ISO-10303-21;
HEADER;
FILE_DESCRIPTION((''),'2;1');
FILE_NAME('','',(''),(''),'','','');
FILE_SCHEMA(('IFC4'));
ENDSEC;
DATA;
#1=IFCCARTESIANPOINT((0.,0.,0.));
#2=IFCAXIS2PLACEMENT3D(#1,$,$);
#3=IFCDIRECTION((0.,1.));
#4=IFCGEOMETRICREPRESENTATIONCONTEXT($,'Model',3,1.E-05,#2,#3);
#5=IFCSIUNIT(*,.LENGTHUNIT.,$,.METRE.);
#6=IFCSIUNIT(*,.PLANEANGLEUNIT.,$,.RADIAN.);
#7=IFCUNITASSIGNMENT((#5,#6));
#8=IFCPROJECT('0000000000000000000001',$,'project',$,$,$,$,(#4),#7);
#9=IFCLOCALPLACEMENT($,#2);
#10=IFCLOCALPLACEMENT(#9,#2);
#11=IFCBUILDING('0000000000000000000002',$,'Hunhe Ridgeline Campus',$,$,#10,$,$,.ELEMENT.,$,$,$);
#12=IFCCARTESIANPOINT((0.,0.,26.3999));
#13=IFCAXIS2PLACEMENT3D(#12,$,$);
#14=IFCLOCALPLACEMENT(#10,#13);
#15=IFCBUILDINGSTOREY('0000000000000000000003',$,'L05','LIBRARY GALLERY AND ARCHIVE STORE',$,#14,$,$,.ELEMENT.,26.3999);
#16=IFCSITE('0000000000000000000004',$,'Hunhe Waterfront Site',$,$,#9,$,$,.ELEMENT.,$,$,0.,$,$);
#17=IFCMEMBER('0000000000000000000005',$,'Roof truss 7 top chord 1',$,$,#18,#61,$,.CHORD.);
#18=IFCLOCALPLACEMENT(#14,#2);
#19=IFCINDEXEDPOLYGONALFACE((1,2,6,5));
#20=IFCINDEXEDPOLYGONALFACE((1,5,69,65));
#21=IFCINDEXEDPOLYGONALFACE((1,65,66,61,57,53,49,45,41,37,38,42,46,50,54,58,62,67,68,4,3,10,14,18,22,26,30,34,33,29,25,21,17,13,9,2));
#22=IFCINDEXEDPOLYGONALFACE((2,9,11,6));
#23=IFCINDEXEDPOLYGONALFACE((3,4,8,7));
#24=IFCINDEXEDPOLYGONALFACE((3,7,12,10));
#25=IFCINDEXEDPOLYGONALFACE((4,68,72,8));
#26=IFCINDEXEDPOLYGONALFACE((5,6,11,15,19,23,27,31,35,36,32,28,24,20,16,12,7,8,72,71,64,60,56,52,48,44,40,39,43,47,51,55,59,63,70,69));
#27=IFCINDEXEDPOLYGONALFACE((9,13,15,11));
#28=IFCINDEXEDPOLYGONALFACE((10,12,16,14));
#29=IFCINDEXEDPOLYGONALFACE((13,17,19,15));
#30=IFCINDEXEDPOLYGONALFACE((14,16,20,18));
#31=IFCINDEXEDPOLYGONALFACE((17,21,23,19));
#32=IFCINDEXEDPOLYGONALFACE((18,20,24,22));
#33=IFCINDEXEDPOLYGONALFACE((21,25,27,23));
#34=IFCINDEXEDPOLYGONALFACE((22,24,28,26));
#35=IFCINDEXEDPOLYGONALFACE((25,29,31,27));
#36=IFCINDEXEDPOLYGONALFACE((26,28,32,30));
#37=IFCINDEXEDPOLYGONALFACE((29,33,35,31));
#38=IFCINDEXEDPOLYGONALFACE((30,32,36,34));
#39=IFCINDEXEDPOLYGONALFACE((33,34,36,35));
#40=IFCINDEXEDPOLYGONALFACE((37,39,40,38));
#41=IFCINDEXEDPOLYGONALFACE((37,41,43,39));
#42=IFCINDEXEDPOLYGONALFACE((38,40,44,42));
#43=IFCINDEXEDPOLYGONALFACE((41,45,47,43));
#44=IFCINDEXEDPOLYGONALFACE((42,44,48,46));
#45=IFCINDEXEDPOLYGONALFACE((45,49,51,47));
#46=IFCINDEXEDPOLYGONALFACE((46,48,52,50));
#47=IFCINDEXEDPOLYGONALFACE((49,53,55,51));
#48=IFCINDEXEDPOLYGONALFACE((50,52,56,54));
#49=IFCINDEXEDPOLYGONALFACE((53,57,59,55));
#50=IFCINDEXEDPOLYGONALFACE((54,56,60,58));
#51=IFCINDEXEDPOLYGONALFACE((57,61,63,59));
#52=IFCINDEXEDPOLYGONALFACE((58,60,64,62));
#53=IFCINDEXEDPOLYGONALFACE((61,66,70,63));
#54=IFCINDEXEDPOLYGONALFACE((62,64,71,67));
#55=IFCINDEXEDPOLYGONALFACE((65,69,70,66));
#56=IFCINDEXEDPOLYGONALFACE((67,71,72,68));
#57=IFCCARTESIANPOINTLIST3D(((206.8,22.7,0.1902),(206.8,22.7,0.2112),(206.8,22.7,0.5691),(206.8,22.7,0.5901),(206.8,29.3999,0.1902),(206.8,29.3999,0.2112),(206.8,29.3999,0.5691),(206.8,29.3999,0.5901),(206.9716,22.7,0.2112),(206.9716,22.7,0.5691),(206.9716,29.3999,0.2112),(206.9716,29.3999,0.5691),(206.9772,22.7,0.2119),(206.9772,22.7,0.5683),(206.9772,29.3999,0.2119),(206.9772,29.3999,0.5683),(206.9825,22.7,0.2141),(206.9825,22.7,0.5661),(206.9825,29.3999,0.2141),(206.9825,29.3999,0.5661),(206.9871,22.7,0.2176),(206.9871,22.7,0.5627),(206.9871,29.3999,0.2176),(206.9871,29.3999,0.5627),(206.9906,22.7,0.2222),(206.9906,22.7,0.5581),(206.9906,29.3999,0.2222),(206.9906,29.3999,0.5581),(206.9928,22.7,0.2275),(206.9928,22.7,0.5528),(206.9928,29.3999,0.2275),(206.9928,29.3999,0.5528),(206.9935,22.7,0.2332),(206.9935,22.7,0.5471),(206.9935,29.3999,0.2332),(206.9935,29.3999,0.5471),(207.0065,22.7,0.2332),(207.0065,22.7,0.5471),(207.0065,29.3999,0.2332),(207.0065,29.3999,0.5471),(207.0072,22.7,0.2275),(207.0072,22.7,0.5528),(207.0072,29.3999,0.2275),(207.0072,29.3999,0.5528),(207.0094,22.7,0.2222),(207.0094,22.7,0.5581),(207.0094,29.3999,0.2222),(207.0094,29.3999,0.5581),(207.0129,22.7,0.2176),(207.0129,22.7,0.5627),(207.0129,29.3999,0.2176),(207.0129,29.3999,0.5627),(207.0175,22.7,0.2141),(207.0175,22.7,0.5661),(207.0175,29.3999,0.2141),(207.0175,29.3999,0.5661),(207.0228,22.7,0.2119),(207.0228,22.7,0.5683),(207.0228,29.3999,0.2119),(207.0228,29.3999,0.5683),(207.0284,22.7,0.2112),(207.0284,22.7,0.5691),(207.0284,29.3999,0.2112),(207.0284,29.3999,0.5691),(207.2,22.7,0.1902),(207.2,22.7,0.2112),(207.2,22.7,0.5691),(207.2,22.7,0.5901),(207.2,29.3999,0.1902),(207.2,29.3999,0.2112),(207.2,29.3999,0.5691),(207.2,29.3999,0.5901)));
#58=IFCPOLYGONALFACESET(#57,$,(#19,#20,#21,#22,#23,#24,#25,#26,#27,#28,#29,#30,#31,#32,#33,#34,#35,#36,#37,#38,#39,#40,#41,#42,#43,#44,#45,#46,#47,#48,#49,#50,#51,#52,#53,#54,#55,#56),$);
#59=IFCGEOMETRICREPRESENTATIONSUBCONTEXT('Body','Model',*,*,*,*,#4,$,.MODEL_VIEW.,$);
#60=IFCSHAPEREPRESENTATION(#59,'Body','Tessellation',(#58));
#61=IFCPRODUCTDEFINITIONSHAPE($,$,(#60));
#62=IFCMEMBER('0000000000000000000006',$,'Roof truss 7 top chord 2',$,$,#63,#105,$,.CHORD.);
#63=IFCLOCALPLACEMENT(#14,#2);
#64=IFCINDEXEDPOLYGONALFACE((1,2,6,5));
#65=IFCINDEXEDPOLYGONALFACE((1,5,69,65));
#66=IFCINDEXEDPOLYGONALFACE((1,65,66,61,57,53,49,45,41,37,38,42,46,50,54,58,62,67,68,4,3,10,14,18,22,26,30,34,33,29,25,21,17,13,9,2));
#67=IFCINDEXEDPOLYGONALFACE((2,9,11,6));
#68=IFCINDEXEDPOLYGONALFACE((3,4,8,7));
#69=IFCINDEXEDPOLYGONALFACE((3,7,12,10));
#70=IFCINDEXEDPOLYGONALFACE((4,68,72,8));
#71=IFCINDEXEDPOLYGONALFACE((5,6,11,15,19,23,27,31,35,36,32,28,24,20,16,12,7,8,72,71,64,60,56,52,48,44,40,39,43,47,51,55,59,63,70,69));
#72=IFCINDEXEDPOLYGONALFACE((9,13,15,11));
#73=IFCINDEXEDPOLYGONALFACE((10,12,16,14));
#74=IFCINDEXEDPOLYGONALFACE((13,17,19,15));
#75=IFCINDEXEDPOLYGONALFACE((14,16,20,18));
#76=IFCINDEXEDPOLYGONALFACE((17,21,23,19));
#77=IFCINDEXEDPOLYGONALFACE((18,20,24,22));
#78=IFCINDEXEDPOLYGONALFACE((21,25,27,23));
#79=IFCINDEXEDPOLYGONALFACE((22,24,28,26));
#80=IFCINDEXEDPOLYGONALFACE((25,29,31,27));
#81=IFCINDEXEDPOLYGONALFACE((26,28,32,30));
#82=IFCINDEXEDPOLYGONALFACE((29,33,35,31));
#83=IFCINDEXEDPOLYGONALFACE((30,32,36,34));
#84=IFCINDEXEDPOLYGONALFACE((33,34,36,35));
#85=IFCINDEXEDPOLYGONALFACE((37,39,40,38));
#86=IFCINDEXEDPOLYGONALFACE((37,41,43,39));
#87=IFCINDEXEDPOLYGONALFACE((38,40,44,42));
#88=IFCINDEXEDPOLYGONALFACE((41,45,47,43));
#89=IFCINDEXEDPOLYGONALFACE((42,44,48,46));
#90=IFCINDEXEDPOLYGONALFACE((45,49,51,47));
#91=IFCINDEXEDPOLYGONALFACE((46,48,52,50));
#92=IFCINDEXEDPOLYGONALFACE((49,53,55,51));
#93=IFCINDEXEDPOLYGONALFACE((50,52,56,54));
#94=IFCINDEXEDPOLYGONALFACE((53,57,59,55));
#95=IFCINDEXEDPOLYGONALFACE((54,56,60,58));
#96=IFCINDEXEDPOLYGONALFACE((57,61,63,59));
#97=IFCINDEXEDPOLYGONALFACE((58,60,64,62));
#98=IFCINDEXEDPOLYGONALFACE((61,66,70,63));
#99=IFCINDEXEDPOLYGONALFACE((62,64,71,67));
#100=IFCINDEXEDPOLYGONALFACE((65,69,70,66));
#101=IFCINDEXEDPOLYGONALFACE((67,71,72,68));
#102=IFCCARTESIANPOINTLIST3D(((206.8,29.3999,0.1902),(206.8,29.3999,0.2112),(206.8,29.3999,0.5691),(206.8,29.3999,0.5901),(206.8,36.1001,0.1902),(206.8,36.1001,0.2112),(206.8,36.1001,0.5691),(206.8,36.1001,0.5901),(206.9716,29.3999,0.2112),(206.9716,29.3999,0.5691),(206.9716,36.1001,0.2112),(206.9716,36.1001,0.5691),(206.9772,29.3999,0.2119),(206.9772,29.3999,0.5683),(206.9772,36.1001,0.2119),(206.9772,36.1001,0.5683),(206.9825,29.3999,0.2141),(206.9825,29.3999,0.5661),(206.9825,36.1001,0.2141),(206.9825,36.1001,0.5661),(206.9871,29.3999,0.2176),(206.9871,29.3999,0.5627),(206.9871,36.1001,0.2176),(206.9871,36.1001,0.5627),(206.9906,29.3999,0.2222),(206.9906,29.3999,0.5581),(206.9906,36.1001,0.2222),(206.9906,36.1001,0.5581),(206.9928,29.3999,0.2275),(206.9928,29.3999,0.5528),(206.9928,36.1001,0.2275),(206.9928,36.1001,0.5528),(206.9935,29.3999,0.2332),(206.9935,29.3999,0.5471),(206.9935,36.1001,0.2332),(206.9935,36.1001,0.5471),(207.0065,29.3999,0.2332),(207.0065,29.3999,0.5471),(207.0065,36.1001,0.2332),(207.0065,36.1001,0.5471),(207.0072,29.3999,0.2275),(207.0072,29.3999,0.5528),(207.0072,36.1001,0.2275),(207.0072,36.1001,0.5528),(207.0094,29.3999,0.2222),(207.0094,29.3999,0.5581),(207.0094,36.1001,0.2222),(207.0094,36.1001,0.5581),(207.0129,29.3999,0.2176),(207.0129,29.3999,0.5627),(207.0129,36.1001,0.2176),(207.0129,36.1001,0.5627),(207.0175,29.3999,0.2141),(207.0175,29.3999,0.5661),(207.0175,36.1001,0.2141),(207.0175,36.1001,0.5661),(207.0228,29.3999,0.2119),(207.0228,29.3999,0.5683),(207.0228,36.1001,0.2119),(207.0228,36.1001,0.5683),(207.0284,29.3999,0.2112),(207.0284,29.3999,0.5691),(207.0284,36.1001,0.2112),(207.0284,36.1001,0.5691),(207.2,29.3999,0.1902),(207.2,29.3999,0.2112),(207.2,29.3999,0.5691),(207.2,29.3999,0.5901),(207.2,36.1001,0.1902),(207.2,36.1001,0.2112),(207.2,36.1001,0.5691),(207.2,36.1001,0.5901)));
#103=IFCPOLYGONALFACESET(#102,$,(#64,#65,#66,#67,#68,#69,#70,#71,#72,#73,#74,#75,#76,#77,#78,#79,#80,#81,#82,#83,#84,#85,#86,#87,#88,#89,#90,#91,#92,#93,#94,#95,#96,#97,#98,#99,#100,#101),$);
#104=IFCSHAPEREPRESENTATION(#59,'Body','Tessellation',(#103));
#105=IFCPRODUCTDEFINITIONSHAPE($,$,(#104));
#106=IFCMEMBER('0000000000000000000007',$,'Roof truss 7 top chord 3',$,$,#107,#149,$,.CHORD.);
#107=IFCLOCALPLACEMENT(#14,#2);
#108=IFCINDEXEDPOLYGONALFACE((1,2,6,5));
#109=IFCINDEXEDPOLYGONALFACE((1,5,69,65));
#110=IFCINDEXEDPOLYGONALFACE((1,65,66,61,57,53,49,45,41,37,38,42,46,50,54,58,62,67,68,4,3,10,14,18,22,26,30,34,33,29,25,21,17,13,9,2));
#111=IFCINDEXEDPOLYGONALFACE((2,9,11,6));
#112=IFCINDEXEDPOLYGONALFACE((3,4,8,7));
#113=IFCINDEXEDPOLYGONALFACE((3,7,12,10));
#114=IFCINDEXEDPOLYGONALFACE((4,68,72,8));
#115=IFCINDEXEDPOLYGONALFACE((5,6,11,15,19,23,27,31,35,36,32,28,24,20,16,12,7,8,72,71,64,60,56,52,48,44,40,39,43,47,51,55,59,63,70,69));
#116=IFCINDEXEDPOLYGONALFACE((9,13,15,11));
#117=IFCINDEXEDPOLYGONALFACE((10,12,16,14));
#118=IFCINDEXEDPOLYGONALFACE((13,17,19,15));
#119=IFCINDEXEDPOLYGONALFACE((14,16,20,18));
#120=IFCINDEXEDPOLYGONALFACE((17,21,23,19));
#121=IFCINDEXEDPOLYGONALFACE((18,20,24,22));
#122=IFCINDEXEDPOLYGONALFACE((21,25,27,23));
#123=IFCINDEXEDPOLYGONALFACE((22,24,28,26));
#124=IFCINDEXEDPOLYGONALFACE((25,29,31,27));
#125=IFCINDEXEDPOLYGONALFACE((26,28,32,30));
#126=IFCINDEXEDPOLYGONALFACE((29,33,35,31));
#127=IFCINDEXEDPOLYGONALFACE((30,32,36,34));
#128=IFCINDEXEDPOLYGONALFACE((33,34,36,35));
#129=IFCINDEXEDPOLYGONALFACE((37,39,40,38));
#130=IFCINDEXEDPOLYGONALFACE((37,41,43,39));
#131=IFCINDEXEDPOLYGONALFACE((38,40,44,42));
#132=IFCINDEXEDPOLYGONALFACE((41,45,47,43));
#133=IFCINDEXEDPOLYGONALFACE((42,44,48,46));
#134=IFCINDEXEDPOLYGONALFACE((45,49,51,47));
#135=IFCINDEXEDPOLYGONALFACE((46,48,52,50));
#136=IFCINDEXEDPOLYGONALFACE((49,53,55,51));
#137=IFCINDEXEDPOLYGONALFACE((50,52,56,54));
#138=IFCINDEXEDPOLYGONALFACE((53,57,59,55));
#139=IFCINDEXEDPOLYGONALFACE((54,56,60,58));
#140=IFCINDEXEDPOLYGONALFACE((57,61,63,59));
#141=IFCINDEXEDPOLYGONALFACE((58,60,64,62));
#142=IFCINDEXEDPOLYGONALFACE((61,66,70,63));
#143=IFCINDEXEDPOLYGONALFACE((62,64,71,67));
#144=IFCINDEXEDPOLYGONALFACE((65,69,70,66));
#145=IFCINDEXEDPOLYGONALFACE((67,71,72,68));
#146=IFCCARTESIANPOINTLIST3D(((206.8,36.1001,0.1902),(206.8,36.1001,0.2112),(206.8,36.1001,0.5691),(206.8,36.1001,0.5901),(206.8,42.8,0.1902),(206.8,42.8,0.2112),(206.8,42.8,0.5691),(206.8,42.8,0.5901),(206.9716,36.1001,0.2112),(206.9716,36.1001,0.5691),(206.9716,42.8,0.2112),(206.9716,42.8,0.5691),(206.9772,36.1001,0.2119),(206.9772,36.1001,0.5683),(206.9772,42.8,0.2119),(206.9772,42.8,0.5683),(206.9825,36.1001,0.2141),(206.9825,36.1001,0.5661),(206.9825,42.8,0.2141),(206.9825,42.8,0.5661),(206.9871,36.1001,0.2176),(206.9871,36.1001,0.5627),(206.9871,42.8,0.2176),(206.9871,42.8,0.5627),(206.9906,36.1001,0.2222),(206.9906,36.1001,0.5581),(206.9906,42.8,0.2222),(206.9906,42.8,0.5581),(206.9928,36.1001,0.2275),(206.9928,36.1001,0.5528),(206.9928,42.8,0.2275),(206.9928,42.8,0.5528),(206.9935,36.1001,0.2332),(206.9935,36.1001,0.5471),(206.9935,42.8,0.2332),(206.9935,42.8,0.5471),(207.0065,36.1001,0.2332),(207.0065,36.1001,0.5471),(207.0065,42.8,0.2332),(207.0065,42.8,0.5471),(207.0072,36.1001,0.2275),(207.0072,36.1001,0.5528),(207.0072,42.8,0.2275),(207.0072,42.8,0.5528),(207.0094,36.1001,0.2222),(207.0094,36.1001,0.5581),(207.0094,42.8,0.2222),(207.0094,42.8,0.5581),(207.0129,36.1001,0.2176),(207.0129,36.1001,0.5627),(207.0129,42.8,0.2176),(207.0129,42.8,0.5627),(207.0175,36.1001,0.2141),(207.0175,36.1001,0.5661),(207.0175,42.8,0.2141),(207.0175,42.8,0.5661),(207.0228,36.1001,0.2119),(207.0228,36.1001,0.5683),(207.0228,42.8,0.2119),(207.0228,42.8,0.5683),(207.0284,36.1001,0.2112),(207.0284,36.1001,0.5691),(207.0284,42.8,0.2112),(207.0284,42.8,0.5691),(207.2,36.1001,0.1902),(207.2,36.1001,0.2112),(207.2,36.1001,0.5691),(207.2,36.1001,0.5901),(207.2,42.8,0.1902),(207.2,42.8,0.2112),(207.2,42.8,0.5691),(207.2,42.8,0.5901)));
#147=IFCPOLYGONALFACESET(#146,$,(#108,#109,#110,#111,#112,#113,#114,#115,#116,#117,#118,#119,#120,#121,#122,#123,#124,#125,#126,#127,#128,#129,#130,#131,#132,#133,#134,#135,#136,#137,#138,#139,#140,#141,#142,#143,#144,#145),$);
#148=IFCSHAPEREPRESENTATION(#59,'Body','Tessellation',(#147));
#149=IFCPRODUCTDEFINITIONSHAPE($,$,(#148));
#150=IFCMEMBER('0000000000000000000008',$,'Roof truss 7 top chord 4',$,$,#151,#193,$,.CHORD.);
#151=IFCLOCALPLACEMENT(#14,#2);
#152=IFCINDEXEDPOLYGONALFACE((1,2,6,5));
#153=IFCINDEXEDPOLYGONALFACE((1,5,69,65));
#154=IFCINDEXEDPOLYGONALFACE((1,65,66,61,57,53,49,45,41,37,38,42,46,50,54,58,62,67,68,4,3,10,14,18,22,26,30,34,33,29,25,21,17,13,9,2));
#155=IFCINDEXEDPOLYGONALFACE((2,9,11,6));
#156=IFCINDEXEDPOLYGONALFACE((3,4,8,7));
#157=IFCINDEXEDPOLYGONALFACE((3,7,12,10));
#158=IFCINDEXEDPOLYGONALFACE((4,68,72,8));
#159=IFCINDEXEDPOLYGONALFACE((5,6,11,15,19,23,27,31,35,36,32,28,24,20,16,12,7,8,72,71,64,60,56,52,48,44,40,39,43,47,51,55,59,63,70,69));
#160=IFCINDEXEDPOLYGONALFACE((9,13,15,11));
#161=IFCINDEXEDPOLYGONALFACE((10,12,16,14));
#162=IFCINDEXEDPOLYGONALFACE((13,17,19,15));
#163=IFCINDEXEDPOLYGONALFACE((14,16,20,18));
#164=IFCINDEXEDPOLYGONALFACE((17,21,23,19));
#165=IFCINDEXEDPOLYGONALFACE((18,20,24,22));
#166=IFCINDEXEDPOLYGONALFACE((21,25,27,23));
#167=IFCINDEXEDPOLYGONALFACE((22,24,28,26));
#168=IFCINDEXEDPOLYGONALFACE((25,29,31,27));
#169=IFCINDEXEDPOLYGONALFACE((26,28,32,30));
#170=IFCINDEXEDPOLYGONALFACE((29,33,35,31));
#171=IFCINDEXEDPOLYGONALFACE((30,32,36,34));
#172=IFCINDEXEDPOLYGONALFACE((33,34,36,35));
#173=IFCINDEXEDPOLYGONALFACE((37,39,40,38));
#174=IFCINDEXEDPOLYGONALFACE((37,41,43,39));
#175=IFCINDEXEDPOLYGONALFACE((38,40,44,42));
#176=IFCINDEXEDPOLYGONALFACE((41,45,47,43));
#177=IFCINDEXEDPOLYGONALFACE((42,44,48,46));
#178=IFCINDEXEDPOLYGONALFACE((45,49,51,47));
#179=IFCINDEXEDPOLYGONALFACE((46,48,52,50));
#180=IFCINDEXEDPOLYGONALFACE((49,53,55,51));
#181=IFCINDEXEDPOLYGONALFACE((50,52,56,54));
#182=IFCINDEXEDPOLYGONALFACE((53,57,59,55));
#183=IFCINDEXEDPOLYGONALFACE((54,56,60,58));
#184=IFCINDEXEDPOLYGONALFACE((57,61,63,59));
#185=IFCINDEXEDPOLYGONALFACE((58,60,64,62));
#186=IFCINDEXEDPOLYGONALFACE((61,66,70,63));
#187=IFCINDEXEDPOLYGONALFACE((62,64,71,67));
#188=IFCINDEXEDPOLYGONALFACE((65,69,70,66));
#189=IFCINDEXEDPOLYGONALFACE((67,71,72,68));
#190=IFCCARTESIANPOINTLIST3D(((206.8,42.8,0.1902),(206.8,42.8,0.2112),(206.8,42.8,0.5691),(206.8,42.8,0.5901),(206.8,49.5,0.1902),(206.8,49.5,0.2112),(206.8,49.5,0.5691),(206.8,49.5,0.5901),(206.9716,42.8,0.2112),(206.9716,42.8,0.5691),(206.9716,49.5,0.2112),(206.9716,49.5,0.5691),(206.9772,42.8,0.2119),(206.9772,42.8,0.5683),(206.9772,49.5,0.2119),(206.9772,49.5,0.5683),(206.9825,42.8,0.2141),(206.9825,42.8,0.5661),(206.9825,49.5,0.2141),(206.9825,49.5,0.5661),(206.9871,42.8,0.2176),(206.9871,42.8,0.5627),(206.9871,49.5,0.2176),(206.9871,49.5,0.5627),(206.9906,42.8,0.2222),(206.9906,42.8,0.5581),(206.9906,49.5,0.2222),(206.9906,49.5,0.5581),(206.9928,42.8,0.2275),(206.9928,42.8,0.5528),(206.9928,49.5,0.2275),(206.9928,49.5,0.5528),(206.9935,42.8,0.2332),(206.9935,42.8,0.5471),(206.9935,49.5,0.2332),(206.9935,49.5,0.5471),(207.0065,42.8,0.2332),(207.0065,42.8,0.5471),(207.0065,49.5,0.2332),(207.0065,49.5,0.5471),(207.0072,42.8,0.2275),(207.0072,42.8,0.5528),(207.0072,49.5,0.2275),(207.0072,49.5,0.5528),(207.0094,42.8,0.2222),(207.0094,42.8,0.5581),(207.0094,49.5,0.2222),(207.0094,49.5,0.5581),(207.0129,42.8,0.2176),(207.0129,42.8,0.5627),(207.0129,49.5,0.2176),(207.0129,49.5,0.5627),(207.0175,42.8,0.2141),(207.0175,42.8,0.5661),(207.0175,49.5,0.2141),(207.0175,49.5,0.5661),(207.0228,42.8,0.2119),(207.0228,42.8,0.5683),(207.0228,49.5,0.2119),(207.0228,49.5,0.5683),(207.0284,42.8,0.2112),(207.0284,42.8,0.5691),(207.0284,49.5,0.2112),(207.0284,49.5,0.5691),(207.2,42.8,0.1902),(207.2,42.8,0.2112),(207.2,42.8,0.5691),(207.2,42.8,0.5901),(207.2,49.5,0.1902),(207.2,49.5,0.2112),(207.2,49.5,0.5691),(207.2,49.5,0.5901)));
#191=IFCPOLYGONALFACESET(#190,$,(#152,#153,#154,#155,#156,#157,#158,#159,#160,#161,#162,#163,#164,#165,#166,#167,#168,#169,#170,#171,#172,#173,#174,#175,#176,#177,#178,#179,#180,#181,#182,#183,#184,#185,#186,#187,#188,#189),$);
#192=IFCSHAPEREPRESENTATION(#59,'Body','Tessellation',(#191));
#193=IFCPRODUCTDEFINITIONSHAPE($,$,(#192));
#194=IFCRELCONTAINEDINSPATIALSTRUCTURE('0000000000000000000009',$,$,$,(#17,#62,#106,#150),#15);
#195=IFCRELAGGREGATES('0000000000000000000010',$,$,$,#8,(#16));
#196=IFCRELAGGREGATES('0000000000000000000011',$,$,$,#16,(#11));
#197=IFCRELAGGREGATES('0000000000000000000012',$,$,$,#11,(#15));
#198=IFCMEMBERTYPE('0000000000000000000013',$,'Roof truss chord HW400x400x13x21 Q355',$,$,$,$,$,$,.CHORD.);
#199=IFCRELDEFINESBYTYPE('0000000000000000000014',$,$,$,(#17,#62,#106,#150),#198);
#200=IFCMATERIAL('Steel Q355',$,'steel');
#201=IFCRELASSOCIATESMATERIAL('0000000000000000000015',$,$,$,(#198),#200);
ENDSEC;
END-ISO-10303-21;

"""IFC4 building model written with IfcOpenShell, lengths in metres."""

from ifc_helpers import new_model, si_unit, direction, frame, origin, origin_2d, place, context, subcontext, project, spatial, i_section, extrude, material, material_profile, profile_set, type_object, element, save


model = new_model("IFC4")

# Units and contexts
model_context = context("Model", 3, precision=1e-05, world=origin(), true_north=direction((0.0, 1.0)))
body_context = subcontext(model_context, "Body", "Model", "MODEL_VIEW")
ifc_project = project(units=[si_unit("LENGTHUNIT", "METRE"), si_unit("PLANEANGLEUNIT", "RADIAN")], contexts=[model_context])

# Site, building, storey
site_placement = place(None, origin())
site = spatial("IfcSite", under=ifc_project, at=site_placement, Name="Hunhe Waterfront Site", CompositionType="ELEMENT", RefElevation=0.0)
building_placement = place(site_placement, origin())
building = spatial("IfcBuilding", under=site, at=building_placement, Name="Hunhe Ridgeline Campus", CompositionType="ELEMENT")
storey_placement = place(building_placement, frame((0.0, 0.0, 26.3999)))
storey = spatial("IfcBuildingStorey", under=building, at=storey_placement, Name="L05", Description="LIBRARY GALLERY AND ARCHIVE STORE", CompositionType="ELEMENT", Elevation=26.3999)

# Members
ifc_material = material(Name="Steel Q355", Category="steel")
ifc_material_profile_1 = material_profile(ifc_material, i_section(OverallWidth=0.3999, OverallDepth=0.3999, WebThickness=0.0129, FlangeThickness=0.021, FilletRadius=0.022, at=origin_2d()))
ifc_profile_set_1 = profile_set([ifc_material_profile_1], Name="Steel Q355")
member_type_1 = type_object("IfcMemberType", Name="Roof truss chord HW400x400x13x21 Q355", PredefinedType="CHORD", material=ifc_profile_set_1)
for number, where, z_axis, x_axis, name in (
    (1, (207.0, 22.7, 0.3901), (0.0, 1.0, 0.0), (-1.0, 0.0, 0.0), "Roof truss 7 top chord 1"),
):
    element("IfcMember", number, at=place(storey_placement, frame(where, z_axis=z_axis, x_axis=x_axis)), inside=storey, type_object=member_type_1, Name=name, PredefinedType="CHORD", context=body_context, shape_type="SweptSolid", body=[
        extrude(i_section(OverallWidth=0.3999, OverallDepth=0.3999, WebThickness=0.0129, FlangeThickness=0.021, FilletRadius=0.022, at=origin_2d()), origin(), (0.0, 0.0, 1.0), 6.7),
    ])
member_1_placement = place(storey_placement, frame((207.0, 29.3999, 0.3901), z_axis=(0.0, 1.0, 0.0), x_axis=(-1.0, 0.0, 0.0)))
element("IfcMember", 2, at=member_1_placement, inside=storey, type_object=member_type_1, Name="Roof truss 7 top chord 2", PredefinedType="CHORD", context=body_context, shape_type="SweptSolid", body=[
    extrude(i_section(OverallWidth=0.3999, OverallDepth=0.3999, WebThickness=0.0129, FlangeThickness=0.021, FilletRadius=0.022, at=origin_2d()), origin(), (0.0, 0.0, 1.0), 6.7002),
])
for number, where, z_axis, x_axis, name in (
    (3, (207.0, 36.1001, 0.3901), (0.0, 1.0, 0.0), (-1.0, 0.0, 0.0), "Roof truss 7 top chord 3"),
    (4, (207.0, 42.8, 0.3901), (0.0, 1.0, 0.0), (-1.0, 0.0, 0.0), "Roof truss 7 top chord 4"),
):
    element("IfcMember", number, at=place(storey_placement, frame(where, z_axis=z_axis, x_axis=x_axis)), inside=storey, type_object=member_type_1, Name=name, PredefinedType="CHORD", context=body_context, shape_type="SweptSolid", body=[
        extrude(i_section(OverallWidth=0.3999, OverallDepth=0.3999, WebThickness=0.0129, FlangeThickness=0.021, FilletRadius=0.022, at=origin_2d()), origin(), (0.0, 0.0, 1.0), 6.7),
    ])

save(model, "model.ifc")
